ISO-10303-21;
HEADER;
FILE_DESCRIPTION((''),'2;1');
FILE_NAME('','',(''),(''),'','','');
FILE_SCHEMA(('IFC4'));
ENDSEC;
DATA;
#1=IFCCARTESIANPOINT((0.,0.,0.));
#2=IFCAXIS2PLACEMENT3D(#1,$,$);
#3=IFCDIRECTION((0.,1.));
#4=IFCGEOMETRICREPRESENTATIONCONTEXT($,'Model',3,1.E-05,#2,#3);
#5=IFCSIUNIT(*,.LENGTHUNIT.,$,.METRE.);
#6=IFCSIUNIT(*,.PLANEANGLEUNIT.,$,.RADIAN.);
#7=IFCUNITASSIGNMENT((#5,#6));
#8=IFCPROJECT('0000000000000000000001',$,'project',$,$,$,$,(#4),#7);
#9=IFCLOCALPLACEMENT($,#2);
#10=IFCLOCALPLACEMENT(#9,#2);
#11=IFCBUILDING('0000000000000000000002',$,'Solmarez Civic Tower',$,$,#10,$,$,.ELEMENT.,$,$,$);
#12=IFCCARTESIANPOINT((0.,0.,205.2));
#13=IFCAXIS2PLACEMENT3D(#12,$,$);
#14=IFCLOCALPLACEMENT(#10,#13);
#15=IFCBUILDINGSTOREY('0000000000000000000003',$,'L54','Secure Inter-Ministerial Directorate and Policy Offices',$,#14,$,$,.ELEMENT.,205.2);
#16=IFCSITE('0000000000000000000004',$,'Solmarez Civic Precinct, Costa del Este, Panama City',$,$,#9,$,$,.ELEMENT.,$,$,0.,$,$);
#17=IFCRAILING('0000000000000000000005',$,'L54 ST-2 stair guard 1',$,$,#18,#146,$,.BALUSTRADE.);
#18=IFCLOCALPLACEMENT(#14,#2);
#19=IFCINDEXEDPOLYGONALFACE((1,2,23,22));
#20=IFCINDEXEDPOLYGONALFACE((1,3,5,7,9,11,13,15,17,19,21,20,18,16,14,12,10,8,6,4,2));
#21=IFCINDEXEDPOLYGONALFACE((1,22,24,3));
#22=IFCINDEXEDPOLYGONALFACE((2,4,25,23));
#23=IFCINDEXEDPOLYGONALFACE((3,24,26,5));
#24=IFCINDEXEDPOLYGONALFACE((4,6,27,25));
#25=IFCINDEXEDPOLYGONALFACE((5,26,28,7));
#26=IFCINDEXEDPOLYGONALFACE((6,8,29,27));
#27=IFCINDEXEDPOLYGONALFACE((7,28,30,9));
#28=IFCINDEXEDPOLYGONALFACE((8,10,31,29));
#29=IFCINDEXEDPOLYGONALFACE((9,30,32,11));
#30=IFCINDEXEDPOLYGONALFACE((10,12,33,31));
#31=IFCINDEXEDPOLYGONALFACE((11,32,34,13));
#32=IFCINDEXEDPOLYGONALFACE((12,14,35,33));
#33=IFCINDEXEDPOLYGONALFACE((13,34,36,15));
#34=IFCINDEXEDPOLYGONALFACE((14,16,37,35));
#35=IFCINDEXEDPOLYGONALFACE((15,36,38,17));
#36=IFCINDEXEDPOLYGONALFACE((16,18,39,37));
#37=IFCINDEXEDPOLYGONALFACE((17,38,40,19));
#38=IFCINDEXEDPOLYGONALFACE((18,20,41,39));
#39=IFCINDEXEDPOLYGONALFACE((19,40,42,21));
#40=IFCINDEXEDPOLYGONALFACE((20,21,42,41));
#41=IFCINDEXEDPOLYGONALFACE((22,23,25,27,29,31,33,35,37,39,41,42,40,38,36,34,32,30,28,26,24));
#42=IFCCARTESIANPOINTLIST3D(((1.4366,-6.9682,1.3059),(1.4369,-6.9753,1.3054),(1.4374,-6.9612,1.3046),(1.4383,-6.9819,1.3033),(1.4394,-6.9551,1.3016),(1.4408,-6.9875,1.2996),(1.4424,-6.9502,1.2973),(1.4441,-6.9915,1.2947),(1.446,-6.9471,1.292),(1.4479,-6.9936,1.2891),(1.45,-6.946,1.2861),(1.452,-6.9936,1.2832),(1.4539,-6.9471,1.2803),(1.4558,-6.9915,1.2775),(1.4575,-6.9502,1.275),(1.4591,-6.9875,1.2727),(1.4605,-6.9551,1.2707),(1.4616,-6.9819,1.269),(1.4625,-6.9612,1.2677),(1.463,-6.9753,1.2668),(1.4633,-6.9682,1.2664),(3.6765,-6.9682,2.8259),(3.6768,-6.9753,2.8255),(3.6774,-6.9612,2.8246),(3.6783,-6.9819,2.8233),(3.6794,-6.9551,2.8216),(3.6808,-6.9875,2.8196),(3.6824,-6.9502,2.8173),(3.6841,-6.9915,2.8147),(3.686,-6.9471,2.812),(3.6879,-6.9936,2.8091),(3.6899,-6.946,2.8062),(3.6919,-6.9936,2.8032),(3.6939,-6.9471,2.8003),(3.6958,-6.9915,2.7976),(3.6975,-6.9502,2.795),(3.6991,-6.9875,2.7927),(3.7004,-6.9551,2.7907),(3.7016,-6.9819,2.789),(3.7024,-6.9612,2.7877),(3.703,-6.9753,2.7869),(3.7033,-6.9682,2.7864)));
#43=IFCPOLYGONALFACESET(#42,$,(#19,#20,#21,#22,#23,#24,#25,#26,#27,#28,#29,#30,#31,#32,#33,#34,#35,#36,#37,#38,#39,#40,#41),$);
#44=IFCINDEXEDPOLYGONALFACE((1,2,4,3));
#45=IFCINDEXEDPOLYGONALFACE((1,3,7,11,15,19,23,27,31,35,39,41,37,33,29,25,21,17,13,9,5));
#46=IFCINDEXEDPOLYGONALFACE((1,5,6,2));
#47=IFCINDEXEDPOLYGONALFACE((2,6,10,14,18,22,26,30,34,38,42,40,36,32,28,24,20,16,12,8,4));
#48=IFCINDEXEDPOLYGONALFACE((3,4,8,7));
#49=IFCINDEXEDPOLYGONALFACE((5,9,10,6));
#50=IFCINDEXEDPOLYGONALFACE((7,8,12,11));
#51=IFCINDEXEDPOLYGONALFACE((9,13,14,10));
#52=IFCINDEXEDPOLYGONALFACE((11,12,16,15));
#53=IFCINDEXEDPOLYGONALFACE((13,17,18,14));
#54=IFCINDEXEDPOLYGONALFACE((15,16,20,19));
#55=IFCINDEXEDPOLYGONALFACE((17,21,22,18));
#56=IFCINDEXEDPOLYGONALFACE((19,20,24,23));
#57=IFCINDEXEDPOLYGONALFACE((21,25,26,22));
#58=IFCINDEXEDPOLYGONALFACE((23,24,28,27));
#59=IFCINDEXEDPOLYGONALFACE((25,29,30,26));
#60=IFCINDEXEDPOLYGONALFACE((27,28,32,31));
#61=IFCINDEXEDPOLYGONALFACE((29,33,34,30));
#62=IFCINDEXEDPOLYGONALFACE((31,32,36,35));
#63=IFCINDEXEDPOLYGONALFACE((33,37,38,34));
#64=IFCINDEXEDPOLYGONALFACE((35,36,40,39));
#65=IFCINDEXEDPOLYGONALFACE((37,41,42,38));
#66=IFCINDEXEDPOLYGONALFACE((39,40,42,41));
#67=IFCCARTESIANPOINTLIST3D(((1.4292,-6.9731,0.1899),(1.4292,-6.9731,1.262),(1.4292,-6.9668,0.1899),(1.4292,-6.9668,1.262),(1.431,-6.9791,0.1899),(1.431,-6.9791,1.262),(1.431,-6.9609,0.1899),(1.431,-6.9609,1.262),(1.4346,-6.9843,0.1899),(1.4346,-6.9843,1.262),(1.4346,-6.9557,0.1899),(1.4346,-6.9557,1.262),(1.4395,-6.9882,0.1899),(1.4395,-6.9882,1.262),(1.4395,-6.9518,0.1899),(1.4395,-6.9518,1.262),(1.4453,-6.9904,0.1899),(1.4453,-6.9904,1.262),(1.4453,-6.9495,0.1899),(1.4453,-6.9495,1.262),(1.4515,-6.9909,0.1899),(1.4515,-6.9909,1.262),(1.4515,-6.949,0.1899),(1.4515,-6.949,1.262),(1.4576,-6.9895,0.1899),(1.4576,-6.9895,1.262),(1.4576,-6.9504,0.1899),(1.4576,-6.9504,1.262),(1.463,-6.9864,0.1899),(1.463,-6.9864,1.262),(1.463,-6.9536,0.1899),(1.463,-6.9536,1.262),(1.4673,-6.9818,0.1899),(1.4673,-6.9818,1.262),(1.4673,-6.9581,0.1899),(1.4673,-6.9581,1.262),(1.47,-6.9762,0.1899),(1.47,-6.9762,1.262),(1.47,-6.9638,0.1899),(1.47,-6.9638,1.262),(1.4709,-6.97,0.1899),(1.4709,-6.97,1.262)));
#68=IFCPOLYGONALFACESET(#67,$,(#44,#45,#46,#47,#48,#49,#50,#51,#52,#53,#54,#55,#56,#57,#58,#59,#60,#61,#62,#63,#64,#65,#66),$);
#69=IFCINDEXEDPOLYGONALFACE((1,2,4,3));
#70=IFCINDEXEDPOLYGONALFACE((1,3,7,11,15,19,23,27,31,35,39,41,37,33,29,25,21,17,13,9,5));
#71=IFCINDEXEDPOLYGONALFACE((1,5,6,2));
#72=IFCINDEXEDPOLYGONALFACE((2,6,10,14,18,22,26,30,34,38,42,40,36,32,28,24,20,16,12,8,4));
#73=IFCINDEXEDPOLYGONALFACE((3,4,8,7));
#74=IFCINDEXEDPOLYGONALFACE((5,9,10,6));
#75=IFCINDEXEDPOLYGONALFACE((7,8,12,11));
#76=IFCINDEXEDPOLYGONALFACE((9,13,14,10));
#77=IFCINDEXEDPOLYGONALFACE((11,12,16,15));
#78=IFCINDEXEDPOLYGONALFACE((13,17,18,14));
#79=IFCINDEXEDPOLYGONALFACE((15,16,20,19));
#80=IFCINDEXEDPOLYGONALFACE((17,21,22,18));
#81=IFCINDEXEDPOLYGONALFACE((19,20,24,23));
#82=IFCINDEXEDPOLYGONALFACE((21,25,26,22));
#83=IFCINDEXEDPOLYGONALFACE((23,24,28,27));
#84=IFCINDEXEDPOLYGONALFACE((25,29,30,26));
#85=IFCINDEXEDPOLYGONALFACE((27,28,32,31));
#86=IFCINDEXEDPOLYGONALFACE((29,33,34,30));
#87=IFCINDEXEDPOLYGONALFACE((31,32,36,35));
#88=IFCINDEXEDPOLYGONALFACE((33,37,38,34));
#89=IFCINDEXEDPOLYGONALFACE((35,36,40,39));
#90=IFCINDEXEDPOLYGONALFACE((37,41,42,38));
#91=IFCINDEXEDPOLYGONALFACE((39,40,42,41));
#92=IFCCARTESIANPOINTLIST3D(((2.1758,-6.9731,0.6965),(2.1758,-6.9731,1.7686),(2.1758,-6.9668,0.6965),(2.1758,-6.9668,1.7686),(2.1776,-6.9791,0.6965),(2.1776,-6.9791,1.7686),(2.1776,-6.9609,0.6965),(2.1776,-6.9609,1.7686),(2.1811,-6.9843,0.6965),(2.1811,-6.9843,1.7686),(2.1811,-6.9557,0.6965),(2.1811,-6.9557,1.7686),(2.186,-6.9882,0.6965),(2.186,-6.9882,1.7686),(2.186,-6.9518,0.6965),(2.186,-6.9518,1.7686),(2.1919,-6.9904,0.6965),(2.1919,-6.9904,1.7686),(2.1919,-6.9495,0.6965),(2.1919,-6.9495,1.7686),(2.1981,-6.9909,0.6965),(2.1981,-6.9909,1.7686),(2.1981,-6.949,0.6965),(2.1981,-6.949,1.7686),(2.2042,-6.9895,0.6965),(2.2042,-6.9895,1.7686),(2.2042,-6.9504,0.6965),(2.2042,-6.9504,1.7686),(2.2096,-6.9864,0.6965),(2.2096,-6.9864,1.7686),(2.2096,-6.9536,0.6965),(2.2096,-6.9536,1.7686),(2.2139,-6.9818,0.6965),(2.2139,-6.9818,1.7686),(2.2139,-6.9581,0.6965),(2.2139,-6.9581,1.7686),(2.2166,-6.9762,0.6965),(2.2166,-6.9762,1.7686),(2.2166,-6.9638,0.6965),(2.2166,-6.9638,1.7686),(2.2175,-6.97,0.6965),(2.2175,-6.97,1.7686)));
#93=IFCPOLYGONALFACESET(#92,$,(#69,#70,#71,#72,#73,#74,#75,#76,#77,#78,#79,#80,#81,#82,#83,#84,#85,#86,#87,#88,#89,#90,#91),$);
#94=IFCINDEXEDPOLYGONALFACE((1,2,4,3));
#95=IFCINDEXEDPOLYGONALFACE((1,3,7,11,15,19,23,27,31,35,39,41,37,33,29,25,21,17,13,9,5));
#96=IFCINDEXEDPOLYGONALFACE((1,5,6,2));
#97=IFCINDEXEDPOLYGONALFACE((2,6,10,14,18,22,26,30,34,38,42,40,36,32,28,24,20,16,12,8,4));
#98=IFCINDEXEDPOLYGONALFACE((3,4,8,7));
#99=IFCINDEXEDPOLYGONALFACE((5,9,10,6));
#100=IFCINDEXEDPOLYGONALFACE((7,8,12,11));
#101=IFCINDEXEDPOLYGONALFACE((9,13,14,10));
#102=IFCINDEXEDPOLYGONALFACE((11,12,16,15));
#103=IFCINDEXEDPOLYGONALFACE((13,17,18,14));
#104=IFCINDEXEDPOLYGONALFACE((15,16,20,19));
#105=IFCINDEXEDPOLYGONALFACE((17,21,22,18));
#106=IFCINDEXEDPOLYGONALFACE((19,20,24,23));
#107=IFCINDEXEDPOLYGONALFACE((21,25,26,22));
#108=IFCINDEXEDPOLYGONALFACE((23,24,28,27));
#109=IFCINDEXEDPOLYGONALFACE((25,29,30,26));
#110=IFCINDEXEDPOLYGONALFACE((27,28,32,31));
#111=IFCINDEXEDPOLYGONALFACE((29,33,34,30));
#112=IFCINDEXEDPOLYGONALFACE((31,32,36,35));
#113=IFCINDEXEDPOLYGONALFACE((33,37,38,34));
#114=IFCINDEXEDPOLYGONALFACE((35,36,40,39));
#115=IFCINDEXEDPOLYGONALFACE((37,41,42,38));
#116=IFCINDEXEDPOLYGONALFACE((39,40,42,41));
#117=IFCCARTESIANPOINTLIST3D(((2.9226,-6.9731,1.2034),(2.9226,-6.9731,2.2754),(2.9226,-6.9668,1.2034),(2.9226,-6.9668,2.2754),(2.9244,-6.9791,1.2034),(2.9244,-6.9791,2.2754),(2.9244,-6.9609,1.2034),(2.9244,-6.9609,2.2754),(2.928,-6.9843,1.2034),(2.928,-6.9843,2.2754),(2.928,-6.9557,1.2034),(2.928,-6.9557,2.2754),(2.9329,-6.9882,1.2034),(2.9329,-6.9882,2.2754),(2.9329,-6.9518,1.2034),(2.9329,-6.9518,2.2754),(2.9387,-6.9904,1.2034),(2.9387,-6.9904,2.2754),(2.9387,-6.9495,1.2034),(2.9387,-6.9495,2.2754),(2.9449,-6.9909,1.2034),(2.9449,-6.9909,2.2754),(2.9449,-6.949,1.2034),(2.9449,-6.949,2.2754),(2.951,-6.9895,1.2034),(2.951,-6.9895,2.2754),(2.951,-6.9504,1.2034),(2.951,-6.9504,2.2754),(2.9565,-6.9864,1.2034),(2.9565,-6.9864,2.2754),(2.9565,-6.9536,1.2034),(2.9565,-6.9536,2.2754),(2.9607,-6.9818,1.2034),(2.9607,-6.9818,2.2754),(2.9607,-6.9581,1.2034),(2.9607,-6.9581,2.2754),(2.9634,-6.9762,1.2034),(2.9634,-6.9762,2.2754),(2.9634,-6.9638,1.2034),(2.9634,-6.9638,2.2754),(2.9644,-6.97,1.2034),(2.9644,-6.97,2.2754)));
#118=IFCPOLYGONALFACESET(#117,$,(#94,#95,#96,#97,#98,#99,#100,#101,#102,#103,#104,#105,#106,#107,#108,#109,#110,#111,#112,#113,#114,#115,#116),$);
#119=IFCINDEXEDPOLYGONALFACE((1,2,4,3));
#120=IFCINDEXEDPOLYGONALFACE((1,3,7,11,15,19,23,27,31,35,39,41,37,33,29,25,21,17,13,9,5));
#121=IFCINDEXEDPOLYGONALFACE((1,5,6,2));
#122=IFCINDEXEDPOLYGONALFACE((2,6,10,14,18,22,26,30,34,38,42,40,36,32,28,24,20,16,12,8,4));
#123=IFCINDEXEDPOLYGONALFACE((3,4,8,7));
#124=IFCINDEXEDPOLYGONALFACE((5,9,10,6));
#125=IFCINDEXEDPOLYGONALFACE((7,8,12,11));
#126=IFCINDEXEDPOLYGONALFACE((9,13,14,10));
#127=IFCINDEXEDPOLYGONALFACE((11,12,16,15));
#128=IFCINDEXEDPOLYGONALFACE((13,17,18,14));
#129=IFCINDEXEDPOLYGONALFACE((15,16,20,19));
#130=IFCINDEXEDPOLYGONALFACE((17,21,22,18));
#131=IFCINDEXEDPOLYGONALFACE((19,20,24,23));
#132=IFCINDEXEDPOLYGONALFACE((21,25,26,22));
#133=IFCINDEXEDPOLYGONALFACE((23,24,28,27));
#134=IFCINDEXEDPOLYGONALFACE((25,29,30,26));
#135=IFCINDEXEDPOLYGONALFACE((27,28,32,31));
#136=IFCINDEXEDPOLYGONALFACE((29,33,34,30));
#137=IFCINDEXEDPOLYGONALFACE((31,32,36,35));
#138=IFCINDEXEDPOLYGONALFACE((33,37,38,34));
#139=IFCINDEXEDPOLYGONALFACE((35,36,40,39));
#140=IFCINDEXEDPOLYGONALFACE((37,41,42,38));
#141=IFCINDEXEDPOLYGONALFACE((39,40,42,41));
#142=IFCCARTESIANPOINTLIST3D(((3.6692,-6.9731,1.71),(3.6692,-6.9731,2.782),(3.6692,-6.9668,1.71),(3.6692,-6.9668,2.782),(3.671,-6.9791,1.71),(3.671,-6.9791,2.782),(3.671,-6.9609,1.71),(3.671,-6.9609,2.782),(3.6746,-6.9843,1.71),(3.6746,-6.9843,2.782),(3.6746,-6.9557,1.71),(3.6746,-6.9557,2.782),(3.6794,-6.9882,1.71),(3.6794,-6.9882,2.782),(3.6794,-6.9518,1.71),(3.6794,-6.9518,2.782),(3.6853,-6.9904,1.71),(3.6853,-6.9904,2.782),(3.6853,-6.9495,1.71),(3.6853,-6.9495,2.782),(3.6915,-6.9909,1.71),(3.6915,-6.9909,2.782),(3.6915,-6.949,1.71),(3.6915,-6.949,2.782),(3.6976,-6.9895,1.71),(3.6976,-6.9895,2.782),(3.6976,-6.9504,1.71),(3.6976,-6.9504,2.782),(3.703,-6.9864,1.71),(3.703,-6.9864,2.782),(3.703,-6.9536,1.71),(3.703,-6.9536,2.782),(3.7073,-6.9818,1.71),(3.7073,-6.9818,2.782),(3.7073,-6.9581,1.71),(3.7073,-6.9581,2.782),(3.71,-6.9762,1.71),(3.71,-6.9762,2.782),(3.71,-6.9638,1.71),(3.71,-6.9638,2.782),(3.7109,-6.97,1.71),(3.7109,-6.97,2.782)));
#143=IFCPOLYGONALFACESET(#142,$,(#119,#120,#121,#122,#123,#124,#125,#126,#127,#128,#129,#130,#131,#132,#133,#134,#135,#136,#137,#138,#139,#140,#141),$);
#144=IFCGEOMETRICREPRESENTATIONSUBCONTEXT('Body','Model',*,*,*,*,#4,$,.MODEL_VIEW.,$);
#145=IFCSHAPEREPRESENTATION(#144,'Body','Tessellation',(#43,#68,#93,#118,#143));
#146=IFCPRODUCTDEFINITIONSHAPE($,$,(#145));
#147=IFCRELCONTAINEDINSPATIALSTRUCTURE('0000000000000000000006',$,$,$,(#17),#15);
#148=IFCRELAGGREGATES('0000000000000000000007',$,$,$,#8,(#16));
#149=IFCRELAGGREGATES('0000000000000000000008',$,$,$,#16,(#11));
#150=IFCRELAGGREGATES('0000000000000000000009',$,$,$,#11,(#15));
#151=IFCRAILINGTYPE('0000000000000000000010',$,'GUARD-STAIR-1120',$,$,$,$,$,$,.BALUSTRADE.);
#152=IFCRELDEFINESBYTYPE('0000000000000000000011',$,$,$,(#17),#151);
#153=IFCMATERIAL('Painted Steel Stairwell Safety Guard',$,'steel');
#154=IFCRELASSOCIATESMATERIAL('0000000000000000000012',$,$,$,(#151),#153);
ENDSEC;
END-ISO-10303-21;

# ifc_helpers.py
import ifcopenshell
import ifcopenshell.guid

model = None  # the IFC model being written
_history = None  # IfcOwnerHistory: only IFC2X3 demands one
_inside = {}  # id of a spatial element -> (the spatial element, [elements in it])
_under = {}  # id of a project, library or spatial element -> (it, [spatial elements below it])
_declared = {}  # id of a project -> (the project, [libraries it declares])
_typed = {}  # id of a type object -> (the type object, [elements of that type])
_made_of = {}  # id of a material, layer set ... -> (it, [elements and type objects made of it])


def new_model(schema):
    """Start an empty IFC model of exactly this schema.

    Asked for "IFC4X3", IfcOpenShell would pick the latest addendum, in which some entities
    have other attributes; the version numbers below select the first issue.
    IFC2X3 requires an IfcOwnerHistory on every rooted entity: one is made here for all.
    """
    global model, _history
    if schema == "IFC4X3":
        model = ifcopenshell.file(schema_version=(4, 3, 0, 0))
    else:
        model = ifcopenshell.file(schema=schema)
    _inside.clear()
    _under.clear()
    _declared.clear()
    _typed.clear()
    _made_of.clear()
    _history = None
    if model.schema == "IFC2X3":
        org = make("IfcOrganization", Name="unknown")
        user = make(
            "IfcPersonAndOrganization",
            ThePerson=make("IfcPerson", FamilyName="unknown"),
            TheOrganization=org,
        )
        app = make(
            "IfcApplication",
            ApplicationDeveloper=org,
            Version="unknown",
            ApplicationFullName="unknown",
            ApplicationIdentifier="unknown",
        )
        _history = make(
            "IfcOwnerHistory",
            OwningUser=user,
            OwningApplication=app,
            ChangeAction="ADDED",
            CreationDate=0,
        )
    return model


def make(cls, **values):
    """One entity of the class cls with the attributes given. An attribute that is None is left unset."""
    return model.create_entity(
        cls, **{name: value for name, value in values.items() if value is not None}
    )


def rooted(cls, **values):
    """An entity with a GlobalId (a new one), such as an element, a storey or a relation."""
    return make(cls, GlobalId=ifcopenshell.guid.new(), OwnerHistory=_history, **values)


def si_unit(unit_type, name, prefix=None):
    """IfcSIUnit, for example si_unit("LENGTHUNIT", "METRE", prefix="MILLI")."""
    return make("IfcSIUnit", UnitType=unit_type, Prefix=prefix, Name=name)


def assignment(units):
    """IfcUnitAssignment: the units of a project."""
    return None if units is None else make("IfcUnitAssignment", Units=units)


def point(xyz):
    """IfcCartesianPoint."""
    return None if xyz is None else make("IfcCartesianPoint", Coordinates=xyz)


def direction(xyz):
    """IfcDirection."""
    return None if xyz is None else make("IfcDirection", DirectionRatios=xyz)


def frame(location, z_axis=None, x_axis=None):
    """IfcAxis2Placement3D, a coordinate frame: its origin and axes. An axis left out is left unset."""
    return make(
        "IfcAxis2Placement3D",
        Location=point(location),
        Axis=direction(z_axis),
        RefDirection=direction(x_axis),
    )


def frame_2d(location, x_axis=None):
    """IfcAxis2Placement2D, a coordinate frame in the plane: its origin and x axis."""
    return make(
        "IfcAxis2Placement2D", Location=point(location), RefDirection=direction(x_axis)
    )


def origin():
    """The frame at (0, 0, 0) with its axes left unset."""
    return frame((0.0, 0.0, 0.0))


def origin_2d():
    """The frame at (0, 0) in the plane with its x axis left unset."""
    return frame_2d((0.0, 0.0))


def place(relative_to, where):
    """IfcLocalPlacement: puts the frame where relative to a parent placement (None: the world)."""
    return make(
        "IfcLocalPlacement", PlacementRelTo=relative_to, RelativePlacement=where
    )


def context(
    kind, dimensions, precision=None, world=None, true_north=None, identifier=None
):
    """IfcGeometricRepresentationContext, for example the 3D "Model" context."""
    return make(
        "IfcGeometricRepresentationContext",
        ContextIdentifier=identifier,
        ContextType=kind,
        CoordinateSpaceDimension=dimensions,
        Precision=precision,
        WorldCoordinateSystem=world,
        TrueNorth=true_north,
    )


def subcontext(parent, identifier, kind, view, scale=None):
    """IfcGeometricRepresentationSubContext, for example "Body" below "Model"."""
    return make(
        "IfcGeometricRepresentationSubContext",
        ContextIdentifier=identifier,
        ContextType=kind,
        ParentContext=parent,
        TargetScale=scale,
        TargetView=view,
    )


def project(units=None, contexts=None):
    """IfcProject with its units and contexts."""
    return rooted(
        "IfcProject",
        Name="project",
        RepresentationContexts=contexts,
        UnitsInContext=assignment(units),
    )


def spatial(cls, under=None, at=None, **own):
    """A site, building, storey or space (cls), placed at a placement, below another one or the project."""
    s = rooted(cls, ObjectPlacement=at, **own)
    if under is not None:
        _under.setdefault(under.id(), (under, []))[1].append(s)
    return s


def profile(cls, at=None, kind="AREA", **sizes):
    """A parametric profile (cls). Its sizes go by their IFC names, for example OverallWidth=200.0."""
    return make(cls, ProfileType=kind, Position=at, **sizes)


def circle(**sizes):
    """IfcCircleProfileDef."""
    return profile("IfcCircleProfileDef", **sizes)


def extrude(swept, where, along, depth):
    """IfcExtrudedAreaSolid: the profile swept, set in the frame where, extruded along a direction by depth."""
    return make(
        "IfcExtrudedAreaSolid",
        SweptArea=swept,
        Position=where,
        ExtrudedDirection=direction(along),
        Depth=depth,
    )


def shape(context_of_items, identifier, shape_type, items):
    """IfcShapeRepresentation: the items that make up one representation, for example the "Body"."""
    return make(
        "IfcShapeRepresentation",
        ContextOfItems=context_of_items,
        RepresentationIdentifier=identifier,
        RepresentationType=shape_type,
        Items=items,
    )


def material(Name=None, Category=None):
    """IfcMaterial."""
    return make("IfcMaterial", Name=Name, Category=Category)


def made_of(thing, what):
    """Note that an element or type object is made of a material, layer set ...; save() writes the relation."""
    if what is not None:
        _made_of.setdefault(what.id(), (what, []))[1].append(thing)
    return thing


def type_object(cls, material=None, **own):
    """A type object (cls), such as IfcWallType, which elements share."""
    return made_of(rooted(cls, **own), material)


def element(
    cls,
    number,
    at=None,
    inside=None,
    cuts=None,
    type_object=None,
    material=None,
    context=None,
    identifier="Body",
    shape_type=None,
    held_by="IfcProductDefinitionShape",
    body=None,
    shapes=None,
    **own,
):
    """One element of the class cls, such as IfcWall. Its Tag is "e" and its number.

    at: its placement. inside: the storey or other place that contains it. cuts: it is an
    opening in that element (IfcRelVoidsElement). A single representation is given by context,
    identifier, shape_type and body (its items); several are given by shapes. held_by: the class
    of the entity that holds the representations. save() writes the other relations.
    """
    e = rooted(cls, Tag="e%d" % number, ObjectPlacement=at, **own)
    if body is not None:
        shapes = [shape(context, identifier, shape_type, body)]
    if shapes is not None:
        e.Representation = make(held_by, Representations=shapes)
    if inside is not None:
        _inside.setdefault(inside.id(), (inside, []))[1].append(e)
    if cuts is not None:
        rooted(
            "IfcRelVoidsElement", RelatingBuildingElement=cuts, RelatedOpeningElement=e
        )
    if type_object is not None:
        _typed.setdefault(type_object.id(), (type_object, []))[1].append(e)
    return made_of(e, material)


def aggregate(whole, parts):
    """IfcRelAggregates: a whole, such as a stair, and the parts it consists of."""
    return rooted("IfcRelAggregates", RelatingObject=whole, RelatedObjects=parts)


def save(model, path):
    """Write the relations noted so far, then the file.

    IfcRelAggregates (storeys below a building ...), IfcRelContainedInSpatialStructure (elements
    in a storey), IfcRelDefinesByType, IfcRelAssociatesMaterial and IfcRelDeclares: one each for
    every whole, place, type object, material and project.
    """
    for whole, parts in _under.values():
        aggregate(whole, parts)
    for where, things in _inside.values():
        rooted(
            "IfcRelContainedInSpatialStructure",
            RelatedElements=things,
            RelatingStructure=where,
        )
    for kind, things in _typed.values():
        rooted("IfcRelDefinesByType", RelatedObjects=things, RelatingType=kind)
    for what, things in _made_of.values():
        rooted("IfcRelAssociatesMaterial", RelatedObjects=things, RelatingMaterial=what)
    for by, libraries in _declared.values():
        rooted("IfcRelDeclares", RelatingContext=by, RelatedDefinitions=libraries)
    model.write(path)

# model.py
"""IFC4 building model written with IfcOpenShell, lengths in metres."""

from ifc_helpers import new_model, si_unit, direction, frame, origin, origin_2d, place, context, subcontext, project, spatial, circle, extrude, material, type_object, element, save


model = new_model("IFC4")

# Units and contexts
model_context = context("Model", 3, precision=1e-05, world=origin(), true_north=direction((0.0, 1.0)))
body_context = subcontext(model_context, "Body", "Model", "MODEL_VIEW")
ifc_project = project(units=[si_unit("LENGTHUNIT", "METRE"), si_unit("PLANEANGLEUNIT", "RADIAN")], contexts=[model_context])

# Site, building, storey
site_placement = place(None, origin())
site = spatial("IfcSite", under=ifc_project, at=site_placement, Name="Solmarez Civic Precinct, Costa del Este, Panama City", CompositionType="ELEMENT", RefElevation=0.0)
building_placement = place(site_placement, origin())
building = spatial("IfcBuilding", under=site, at=building_placement, Name="Solmarez Civic Tower", CompositionType="ELEMENT")
storey_placement = place(building_placement, frame((0.0, 0.0, 205.2)))
storey = spatial("IfcBuildingStorey", under=building, at=storey_placement, Name="L54", Description="Secure Inter-Ministerial Directorate and Policy Offices", CompositionType="ELEMENT", Elevation=205.2)

# Railing
ifc_material_1 = material(Name="Painted Steel Stairwell Safety Guard", Category="steel")
railing_type_1 = type_object("IfcRailingType", Name="GUARD-STAIR-1120", PredefinedType="BALUSTRADE", material=ifc_material_1)
railing_1_placement = place(storey_placement, frame((1.45, -6.97, 0.1899)))
element("IfcRailing", 1, at=railing_1_placement, inside=storey, type_object=railing_type_1, Name="L54 ST-2 stair guard 1", PredefinedType="BALUSTRADE", context=body_context, shape_type="SweptSolid", body=[
    extrude(circle(Radius=0.0239, at=origin_2d()), frame((0.0, 0.0, 1.0962), z_axis=(0.827471, 0.0, 0.561508), x_axis=(0.0, 1.0, 0.0)), (0.0, 0.0, 1.0), 2.707),
    extrude(circle(Radius=0.021, at=origin_2d()), origin(), (0.0, 0.0, 1.0), 1.072),
    extrude(circle(Radius=0.021, at=origin_2d()), frame((0.7466, 0.0, 0.5066)), (0.0, 0.0, 1.0), 1.072),
    extrude(circle(Radius=0.021, at=origin_2d()), frame((1.4934, 0.0, 1.0134)), (0.0, 0.0, 1.0), 1.072),
    extrude(circle(Radius=0.021, at=origin_2d()), frame((2.24, 0.0, 1.52)), (0.0, 0.0, 1.0), 1.072),
])

save(model, "model.ifc")
